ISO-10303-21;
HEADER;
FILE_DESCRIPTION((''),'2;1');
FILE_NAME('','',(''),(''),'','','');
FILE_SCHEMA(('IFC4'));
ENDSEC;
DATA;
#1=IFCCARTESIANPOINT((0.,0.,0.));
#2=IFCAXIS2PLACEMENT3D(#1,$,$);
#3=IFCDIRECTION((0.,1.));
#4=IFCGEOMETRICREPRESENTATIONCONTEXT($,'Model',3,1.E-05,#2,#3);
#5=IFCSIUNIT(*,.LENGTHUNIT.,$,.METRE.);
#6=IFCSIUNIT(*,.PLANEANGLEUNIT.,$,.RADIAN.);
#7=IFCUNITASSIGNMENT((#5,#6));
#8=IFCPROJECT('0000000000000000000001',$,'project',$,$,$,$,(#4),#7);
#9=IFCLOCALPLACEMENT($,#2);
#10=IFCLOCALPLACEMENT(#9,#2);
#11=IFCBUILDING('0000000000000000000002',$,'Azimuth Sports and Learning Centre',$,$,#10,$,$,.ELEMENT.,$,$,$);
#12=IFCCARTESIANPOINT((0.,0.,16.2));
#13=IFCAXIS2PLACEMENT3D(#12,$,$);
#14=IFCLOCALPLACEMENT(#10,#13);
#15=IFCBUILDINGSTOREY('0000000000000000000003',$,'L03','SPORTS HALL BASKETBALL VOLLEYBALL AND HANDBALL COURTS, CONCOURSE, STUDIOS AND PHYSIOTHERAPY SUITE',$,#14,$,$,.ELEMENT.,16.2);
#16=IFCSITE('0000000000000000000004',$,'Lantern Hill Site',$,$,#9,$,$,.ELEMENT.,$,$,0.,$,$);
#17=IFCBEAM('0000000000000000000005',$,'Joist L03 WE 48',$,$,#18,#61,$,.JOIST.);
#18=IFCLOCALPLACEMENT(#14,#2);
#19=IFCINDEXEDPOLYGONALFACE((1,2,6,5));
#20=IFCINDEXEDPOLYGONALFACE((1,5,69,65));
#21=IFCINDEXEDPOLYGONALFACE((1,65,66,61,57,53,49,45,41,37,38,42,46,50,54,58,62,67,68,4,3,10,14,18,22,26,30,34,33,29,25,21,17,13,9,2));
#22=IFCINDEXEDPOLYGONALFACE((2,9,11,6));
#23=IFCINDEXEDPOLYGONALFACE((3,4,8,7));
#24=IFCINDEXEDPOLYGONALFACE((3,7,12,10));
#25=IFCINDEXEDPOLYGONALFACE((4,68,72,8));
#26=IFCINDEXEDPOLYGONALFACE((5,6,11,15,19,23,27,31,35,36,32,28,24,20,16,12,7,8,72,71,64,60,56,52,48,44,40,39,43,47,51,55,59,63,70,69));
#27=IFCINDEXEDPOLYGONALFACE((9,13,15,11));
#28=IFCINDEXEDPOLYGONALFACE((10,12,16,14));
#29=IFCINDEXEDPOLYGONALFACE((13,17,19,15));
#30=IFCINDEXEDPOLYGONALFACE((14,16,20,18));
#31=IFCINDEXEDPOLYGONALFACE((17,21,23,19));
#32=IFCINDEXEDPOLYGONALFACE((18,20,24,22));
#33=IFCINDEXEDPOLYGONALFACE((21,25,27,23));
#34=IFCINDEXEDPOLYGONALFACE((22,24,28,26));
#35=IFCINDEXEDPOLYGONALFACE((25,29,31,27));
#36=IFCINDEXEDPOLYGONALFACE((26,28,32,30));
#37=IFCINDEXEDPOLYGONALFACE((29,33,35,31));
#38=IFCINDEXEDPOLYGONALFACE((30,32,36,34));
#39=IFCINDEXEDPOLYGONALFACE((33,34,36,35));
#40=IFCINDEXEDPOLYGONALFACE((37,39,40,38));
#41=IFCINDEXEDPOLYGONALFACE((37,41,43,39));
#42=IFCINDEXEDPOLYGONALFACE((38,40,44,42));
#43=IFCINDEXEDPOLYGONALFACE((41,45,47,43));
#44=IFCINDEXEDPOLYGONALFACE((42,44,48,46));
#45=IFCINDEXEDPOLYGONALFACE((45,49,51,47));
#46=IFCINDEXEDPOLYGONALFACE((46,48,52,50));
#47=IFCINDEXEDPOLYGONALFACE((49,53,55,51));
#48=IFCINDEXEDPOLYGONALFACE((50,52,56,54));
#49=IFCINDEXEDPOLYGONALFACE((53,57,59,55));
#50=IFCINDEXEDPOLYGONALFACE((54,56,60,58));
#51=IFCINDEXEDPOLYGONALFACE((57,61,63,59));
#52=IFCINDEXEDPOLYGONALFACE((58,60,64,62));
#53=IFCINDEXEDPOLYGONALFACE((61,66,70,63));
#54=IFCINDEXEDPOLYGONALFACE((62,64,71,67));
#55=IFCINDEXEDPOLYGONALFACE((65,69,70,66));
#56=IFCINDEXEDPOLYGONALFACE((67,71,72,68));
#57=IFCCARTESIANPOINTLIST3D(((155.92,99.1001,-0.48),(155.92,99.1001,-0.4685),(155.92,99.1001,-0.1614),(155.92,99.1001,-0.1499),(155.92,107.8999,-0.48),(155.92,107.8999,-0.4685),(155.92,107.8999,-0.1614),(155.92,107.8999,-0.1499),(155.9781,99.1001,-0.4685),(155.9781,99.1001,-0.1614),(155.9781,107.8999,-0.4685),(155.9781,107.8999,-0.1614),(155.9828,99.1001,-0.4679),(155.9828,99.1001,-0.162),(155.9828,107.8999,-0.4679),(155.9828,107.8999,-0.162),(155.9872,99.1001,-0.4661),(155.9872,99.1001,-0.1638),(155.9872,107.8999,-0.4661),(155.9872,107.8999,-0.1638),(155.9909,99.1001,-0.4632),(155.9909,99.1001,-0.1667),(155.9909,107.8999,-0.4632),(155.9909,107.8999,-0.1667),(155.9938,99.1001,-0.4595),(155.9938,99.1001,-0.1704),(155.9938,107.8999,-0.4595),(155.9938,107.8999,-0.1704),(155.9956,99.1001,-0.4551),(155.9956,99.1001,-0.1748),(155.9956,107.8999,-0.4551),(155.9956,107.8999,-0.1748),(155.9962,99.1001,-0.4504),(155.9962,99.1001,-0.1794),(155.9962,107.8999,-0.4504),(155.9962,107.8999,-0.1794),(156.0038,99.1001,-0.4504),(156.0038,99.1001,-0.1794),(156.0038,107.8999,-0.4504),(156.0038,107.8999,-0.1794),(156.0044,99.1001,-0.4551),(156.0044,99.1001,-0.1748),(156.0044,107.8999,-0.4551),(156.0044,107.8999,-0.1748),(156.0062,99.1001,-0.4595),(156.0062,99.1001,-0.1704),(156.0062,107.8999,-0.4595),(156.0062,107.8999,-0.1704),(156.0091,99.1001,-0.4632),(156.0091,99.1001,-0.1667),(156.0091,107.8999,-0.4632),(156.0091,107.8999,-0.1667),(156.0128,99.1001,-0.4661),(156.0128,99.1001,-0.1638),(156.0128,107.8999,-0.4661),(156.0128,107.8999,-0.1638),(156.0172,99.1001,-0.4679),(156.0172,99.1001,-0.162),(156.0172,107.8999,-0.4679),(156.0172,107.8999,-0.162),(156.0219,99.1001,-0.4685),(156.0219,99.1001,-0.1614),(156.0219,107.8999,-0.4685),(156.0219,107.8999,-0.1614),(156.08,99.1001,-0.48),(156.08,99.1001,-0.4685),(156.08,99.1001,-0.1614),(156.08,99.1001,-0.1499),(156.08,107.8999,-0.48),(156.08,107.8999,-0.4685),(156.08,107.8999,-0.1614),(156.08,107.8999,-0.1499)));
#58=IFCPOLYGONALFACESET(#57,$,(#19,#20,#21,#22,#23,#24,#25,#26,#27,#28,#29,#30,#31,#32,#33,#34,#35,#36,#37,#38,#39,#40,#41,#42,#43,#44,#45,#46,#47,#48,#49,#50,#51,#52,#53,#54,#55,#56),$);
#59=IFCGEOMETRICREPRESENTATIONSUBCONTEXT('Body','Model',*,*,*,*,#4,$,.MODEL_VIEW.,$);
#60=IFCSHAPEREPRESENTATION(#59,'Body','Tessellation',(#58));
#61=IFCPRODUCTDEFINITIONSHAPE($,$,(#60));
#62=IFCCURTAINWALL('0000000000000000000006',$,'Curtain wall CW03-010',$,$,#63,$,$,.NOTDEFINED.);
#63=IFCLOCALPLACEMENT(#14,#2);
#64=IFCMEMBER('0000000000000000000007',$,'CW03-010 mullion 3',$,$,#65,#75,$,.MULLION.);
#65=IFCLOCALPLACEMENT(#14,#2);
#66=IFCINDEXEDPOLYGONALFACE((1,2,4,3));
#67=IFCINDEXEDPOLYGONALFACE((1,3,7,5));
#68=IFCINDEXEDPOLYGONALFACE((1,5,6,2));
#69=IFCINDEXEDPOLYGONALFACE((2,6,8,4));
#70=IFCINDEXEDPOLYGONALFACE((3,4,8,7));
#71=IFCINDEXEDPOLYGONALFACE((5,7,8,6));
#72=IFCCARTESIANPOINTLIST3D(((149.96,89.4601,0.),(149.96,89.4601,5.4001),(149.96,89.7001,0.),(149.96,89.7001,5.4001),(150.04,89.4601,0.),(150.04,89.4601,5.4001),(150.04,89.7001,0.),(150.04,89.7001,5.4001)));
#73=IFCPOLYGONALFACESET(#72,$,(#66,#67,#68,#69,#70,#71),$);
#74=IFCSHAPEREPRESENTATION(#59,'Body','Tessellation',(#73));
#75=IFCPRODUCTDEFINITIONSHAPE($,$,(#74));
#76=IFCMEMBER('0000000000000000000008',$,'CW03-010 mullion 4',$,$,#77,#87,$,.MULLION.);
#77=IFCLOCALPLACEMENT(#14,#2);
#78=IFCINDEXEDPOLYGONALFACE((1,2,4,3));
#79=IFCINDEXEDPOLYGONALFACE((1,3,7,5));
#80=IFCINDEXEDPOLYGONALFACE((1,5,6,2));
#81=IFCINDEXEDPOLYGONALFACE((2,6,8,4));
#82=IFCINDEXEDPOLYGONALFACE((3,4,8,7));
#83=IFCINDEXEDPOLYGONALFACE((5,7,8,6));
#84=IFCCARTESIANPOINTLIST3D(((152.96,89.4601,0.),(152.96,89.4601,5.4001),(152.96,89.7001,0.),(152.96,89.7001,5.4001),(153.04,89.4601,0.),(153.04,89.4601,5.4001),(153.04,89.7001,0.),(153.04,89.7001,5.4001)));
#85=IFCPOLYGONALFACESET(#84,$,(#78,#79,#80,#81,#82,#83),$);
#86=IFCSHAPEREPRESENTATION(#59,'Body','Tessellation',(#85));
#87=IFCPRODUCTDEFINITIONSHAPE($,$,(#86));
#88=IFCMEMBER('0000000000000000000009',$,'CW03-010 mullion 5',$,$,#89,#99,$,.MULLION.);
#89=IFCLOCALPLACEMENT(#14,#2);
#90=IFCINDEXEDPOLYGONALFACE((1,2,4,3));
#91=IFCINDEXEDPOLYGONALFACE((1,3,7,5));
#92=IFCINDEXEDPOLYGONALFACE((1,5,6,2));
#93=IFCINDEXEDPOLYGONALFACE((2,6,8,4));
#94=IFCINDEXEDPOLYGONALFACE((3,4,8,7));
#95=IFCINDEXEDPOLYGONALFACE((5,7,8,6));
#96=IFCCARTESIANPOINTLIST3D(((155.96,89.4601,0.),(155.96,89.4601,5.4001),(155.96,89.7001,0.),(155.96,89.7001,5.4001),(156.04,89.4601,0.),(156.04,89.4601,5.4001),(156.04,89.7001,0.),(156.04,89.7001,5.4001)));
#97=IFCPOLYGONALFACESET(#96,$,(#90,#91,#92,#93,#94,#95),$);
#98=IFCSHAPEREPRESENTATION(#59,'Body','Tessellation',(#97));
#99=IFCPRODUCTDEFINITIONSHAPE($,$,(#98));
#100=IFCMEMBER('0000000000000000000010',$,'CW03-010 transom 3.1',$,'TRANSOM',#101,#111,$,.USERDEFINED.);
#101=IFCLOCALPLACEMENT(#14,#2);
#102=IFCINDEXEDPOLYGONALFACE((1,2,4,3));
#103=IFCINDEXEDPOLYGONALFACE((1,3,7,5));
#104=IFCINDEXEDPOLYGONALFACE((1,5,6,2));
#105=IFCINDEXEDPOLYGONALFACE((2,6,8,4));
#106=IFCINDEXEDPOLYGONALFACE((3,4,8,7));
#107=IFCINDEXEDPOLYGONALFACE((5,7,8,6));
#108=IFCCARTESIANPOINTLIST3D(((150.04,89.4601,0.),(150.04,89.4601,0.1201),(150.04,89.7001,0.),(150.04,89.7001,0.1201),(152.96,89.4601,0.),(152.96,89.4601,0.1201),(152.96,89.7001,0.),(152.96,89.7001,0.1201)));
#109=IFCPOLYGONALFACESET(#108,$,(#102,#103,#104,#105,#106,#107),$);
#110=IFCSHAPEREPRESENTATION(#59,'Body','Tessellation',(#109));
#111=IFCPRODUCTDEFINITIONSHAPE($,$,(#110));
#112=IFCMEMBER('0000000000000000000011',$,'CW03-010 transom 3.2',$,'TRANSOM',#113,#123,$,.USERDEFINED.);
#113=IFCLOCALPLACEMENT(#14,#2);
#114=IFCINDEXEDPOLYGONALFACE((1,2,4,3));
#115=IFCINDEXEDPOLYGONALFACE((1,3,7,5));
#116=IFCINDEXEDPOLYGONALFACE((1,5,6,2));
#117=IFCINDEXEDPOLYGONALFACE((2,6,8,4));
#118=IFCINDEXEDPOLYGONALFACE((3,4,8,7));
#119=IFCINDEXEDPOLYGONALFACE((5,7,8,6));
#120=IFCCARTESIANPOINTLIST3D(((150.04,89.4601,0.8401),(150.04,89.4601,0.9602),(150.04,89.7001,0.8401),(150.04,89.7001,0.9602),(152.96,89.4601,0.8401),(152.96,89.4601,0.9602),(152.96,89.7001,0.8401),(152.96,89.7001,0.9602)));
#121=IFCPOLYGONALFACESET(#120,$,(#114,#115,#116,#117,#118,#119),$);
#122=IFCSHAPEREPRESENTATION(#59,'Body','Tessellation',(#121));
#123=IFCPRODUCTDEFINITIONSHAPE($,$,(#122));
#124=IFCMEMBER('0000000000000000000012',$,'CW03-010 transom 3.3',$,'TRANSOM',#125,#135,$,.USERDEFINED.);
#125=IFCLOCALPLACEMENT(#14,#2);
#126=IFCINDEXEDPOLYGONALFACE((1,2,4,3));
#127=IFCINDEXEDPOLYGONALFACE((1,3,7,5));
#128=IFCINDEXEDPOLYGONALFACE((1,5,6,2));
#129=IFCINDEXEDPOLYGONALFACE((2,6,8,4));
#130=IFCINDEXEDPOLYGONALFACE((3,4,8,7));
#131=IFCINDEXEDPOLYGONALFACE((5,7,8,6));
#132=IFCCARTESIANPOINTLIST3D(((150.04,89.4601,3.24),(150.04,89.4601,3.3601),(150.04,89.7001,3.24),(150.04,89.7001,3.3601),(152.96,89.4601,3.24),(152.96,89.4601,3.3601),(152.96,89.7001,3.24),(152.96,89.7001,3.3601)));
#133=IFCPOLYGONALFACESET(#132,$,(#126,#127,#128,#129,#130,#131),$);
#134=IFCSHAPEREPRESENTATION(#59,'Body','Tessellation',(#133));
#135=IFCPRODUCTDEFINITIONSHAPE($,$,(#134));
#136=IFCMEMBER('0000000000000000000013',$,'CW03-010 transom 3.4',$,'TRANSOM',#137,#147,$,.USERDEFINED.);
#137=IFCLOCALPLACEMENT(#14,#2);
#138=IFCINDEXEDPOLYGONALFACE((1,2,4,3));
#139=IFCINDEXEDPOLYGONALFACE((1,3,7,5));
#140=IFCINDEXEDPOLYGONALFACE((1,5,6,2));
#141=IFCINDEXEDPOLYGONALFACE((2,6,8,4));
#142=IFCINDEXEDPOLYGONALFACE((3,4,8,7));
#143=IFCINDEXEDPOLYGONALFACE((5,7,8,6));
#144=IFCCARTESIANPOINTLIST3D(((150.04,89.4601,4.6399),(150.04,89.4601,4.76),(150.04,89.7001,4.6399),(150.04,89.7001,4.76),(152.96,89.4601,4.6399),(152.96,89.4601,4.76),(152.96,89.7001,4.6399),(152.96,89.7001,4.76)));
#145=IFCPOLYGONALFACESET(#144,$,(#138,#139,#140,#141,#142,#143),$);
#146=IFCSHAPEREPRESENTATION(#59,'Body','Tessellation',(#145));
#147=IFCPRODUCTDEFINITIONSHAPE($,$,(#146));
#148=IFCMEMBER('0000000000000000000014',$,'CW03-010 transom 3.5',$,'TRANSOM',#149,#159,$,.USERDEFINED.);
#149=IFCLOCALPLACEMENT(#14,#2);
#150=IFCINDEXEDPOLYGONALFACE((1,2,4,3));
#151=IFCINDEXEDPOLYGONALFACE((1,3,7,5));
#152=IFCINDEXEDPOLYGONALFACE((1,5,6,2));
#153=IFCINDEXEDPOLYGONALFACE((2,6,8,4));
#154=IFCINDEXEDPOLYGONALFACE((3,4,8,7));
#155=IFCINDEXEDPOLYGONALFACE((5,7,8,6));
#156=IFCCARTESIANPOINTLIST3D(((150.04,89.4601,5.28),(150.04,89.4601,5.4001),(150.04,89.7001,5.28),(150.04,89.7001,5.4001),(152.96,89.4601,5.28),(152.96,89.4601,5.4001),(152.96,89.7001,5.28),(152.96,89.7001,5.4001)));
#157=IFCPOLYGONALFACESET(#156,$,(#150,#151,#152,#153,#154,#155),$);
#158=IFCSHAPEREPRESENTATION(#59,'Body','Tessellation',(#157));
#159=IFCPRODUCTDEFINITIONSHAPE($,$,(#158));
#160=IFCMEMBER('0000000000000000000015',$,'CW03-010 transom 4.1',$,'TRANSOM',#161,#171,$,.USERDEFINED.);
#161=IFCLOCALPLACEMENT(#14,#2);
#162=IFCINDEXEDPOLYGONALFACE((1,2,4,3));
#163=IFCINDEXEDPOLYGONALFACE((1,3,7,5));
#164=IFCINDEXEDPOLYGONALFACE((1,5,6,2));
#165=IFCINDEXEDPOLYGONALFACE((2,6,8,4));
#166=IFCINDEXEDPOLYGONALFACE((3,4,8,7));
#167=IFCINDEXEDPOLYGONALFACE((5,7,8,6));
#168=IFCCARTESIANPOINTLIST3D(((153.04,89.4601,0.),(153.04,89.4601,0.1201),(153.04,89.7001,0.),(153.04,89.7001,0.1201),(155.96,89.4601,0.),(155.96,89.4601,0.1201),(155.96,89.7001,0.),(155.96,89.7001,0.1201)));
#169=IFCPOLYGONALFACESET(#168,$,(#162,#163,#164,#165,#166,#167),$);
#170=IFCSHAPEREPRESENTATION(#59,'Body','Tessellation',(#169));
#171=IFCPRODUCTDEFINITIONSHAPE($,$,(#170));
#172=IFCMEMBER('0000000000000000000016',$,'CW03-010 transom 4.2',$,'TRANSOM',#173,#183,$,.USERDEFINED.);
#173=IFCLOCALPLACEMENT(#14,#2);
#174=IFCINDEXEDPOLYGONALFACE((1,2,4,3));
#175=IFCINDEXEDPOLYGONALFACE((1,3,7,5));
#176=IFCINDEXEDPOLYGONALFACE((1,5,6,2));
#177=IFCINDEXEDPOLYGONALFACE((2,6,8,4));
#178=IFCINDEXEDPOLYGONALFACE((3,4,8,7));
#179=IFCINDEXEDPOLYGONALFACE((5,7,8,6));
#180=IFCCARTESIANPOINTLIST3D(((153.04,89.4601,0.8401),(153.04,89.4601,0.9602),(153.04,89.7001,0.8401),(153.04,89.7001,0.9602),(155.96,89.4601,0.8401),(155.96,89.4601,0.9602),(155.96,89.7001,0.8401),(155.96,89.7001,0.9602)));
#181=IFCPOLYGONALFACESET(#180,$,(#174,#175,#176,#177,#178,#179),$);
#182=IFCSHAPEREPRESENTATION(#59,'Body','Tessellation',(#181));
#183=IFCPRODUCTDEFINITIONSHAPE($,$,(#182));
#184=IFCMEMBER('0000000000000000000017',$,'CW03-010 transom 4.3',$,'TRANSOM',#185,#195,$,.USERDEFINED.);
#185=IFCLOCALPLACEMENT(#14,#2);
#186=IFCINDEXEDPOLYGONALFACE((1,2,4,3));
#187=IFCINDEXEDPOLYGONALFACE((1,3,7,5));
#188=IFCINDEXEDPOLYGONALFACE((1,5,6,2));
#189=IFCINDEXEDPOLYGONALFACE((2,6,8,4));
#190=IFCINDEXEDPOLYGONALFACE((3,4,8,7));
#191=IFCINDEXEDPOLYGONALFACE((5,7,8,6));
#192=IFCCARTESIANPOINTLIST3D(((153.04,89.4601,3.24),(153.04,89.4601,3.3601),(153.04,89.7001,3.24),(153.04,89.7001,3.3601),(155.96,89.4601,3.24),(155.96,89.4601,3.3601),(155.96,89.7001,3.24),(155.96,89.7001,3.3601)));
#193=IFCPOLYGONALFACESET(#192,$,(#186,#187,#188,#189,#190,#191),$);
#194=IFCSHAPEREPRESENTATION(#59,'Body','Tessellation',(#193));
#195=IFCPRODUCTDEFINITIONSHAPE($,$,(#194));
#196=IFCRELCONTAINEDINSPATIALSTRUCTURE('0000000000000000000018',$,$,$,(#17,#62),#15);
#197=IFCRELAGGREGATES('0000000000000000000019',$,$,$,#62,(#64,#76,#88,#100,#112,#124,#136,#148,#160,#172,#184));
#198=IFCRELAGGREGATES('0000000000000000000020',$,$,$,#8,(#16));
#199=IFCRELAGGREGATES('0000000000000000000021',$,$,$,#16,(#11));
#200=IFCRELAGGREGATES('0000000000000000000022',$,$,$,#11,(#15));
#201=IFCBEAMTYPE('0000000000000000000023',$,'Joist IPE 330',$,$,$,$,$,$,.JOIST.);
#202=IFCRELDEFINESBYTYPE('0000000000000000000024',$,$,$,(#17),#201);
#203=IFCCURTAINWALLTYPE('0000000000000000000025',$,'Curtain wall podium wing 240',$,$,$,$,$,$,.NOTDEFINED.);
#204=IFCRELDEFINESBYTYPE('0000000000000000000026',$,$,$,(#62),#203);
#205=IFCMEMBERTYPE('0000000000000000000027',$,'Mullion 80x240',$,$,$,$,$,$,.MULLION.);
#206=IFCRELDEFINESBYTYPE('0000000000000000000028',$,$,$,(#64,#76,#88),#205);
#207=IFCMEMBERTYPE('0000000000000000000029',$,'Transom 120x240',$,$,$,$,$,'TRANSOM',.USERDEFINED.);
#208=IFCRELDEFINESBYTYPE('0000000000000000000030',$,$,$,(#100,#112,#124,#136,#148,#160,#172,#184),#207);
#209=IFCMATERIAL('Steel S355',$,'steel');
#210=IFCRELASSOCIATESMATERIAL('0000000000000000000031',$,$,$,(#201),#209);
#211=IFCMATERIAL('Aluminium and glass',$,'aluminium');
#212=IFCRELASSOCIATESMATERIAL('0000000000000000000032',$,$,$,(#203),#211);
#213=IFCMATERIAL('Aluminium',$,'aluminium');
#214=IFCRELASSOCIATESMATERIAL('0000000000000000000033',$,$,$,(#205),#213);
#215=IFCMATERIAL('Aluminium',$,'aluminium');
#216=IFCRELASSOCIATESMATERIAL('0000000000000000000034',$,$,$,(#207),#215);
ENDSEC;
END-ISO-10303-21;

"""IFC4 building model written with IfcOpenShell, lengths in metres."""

from ifc_helpers import new_model, si_unit, direction, frame, origin, origin_2d, place, context, subcontext, project, spatial, rectangle, i_section, extrude, material, material_profile, profile_set, type_object, element, aggregate, save


model = new_model("IFC4")

# Units and contexts
model_context = context("Model", 3, precision=1e-05, world=origin(), true_north=direction((0.0, 1.0)))
body_context = subcontext(model_context, "Body", "Model", "MODEL_VIEW")
ifc_project = project(units=[si_unit("LENGTHUNIT", "METRE"), si_unit("PLANEANGLEUNIT", "RADIAN")], contexts=[model_context])

# Site, building, storey
site_placement = place(None, origin())
site = spatial("IfcSite", under=ifc_project, at=site_placement, Name="Lantern Hill Site", CompositionType="ELEMENT", RefElevation=0.0)
building_placement = place(site_placement, origin())
building = spatial("IfcBuilding", under=site, at=building_placement, Name="Azimuth Sports and Learning Centre", CompositionType="ELEMENT")
storey_placement = place(building_placement, frame((0.0, 0.0, 16.2)))
storey = spatial("IfcBuildingStorey", under=building, at=storey_placement, Name="L03", Description="SPORTS HALL BASKETBALL VOLLEYBALL AND HANDBALL COURTS, CONCOURSE, STUDIOS AND PHYSIOTHERAPY SUITE", CompositionType="ELEMENT", Elevation=16.2)

# Beam
ifc_material_1 = material(Name="Steel S355", Category="steel")
ifc_material_profile_1 = material_profile(ifc_material_1, i_section(OverallWidth=0.1599, OverallDepth=0.3301, WebThickness=0.0076, FlangeThickness=0.0115, FilletRadius=0.0181, at=origin_2d()), Name="IPE 330")
ifc_profile_set_1 = profile_set([ifc_material_profile_1], Name="Steel S355")
beam_type_1 = type_object("IfcBeamType", Name="Joist IPE 330", PredefinedType="JOIST", material=ifc_profile_set_1)
beam_1_placement = place(storey_placement, frame((156.0, 99.1001, -0.3149), z_axis=(0.0, 1.0, 0.0), x_axis=(-1.0, 0.0, 0.0)))
element("IfcBeam", 1, at=beam_1_placement, inside=storey, type_object=beam_type_1, Name="Joist L03 WE 48", PredefinedType="JOIST", context=body_context, shape_type="SweptSolid", body=[
    extrude(i_section(OverallWidth=0.1599, OverallDepth=0.3301, WebThickness=0.0076, FlangeThickness=0.0115, FilletRadius=0.0181, at=origin_2d()), origin(), (0.0, 0.0, 1.0), 8.7998),
])

# Curtain wall, members
ifc_material_2 = material(Name="Aluminium and glass", Category="aluminium")
curtain_wall_type = type_object("IfcCurtainWallType", Name="Curtain wall podium wing 240", PredefinedType="NOTDEFINED", material=ifc_material_2)
curtain_wall_placement = place(storey_placement, origin())
curtain_wall = element("IfcCurtainWall", 2, at=curtain_wall_placement, inside=storey, type_object=curtain_wall_type, Name="Curtain wall CW03-010", PredefinedType="NOTDEFINED")
ifc_material_3 = material(Name="Aluminium", Category="aluminium")
ifc_material_profile_2 = material_profile(ifc_material_3, rectangle(XDim=0.24, YDim=0.0801, at=origin_2d()), Name="Mullion 80x240")
ifc_profile_set_2 = profile_set([ifc_material_profile_2], Name="Aluminium")
member_type_1 = type_object("IfcMemberType", Name="Mullion 80x240", PredefinedType="MULLION", material=ifc_profile_set_2)
member_1_placement = place(storey_placement, frame((150.0, 89.5801, 0.0), z_axis=(0.0, 0.0, 1.0), x_axis=(0.0, 1.0, 0.0)))
member_1 = element("IfcMember", 3, at=member_1_placement, type_object=member_type_1, Name="CW03-010 mullion 3", PredefinedType="MULLION", context=body_context, shape_type="SweptSolid", body=[
    extrude(rectangle(XDim=0.24, YDim=0.0801, at=origin_2d()), origin(), (0.0, 0.0, 1.0), 5.4001),
])
member_2_placement = place(storey_placement, frame((153.0, 89.5801, 0.0), z_axis=(0.0, 0.0, 1.0), x_axis=(0.0, 1.0, 0.0)))
member_2 = element("IfcMember", 4, at=member_2_placement, type_object=member_type_1, Name="CW03-010 mullion 4", PredefinedType="MULLION", context=body_context, shape_type="SweptSolid", body=[
    extrude(rectangle(XDim=0.24, YDim=0.0801, at=origin_2d()), origin(), (0.0, 0.0, 1.0), 5.4001),
])
member_3_placement = place(storey_placement, frame((156.0, 89.5801, 0.0), z_axis=(0.0, 0.0, 1.0), x_axis=(0.0, 1.0, 0.0)))
member_3 = element("IfcMember", 5, at=member_3_placement, type_object=member_type_1, Name="CW03-010 mullion 5", PredefinedType="MULLION", context=body_context, shape_type="SweptSolid", body=[
    extrude(rectangle(XDim=0.24, YDim=0.0801, at=origin_2d()), origin(), (0.0, 0.0, 1.0), 5.4001),
])
ifc_material_4 = material(Name="Aluminium", Category="aluminium")
ifc_material_profile_3 = material_profile(ifc_material_4, rectangle(XDim=0.24, YDim=0.1201, at=origin_2d()), Name="Transom 120x240")
ifc_profile_set_3 = profile_set([ifc_material_profile_3], Name="Aluminium")
member_type_2 = type_object("IfcMemberType", Name="Transom 120x240", ElementType="TRANSOM", PredefinedType="USERDEFINED", material=ifc_profile_set_3)
member_4_placement = place(storey_placement, frame((150.04, 89.5801, 0.0601), z_axis=(1.0, 0.0, 0.0), x_axis=(0.0, 1.0, 0.0)))
member_4 = element("IfcMember", 6, at=member_4_placement, type_object=member_type_2, Name="CW03-010 transom 3.1", ObjectType="TRANSOM", PredefinedType="USERDEFINED", context=body_context, shape_type="SweptSolid", body=[
    extrude(rectangle(XDim=0.24, YDim=0.1201, at=origin_2d()), origin(), (0.0, 0.0, 1.0), 2.9199),
])
member_5_placement = place(storey_placement, frame((150.04, 89.5801, 0.9001), z_axis=(1.0, 0.0, 0.0), x_axis=(0.0, 1.0, 0.0)))
member_5 = element("IfcMember", 7, at=member_5_placement, type_object=member_type_2, Name="CW03-010 transom 3.2", ObjectType="TRANSOM", PredefinedType="USERDEFINED", context=body_context, shape_type="SweptSolid", body=[
    extrude(rectangle(XDim=0.24, YDim=0.1201, at=origin_2d()), origin(), (0.0, 0.0, 1.0), 2.9199),
])
member_6_placement = place(storey_placement, frame((150.04, 89.5801, 3.3), z_axis=(1.0, 0.0, 0.0), x_axis=(0.0, 1.0, 0.0)))
member_6 = element("IfcMember", 8, at=member_6_placement, type_object=member_type_2, Name="CW03-010 transom 3.3", ObjectType="TRANSOM", PredefinedType="USERDEFINED", context=body_context, shape_type="SweptSolid", body=[
    extrude(rectangle(XDim=0.24, YDim=0.1201, at=origin_2d()), origin(), (0.0, 0.0, 1.0), 2.9199),
])
member_7_placement = place(storey_placement, frame((150.04, 89.5801, 4.7), z_axis=(1.0, 0.0, 0.0), x_axis=(0.0, 1.0, 0.0)))
member_7 = element("IfcMember", 9, at=member_7_placement, type_object=member_type_2, Name="CW03-010 transom 3.4", ObjectType="TRANSOM", PredefinedType="USERDEFINED", context=body_context, shape_type="SweptSolid", body=[
    extrude(rectangle(XDim=0.24, YDim=0.1201, at=origin_2d()), origin(), (0.0, 0.0, 1.0), 2.9199),
])
member_8_placement = place(storey_placement, frame((150.04, 89.5801, 5.3401), z_axis=(1.0, 0.0, 0.0), x_axis=(0.0, 1.0, 0.0)))
member_8 = element("IfcMember", 10, at=member_8_placement, type_object=member_type_2, Name="CW03-010 transom 3.5", ObjectType="TRANSOM", PredefinedType="USERDEFINED", context=body_context, shape_type="SweptSolid", body=[
    extrude(rectangle(XDim=0.24, YDim=0.1201, at=origin_2d()), origin(), (0.0, 0.0, 1.0), 2.9199),
])
member_9_placement = place(storey_placement, frame((153.04, 89.5801, 0.0601), z_axis=(1.0, 0.0, 0.0), x_axis=(0.0, 1.0, 0.0)))
member_9 = element("IfcMember", 11, at=member_9_placement, type_object=member_type_2, Name="CW03-010 transom 4.1", ObjectType="TRANSOM", PredefinedType="USERDEFINED", context=body_context, shape_type="SweptSolid", body=[
    extrude(rectangle(XDim=0.24, YDim=0.1201, at=origin_2d()), origin(), (0.0, 0.0, 1.0), 2.9199),
])
member_10_placement = place(storey_placement, frame((153.04, 89.5801, 0.9001), z_axis=(1.0, 0.0, 0.0), x_axis=(0.0, 1.0, 0.0)))
member_10 = element("IfcMember", 12, at=member_10_placement, type_object=member_type_2, Name="CW03-010 transom 4.2", ObjectType="TRANSOM", PredefinedType="USERDEFINED", context=body_context, shape_type="SweptSolid", body=[
    extrude(rectangle(XDim=0.24, YDim=0.1201, at=origin_2d()), origin(), (0.0, 0.0, 1.0), 2.9199),
])
member_11_placement = place(storey_placement, frame((153.04, 89.5801, 3.3), z_axis=(1.0, 0.0, 0.0), x_axis=(0.0, 1.0, 0.0)))
member_11 = element("IfcMember", 13, at=member_11_placement, type_object=member_type_2, Name="CW03-010 transom 4.3", ObjectType="TRANSOM", PredefinedType="USERDEFINED", context=body_context, shape_type="SweptSolid", body=[
    extrude(rectangle(XDim=0.24, YDim=0.1201, at=origin_2d()), origin(), (0.0, 0.0, 1.0), 2.9199),
])
aggregate(curtain_wall, [member_1, member_2, member_3, member_4, member_5, member_6, member_7, member_8, member_9, member_10, member_11])

save(model, "model.ifc")
